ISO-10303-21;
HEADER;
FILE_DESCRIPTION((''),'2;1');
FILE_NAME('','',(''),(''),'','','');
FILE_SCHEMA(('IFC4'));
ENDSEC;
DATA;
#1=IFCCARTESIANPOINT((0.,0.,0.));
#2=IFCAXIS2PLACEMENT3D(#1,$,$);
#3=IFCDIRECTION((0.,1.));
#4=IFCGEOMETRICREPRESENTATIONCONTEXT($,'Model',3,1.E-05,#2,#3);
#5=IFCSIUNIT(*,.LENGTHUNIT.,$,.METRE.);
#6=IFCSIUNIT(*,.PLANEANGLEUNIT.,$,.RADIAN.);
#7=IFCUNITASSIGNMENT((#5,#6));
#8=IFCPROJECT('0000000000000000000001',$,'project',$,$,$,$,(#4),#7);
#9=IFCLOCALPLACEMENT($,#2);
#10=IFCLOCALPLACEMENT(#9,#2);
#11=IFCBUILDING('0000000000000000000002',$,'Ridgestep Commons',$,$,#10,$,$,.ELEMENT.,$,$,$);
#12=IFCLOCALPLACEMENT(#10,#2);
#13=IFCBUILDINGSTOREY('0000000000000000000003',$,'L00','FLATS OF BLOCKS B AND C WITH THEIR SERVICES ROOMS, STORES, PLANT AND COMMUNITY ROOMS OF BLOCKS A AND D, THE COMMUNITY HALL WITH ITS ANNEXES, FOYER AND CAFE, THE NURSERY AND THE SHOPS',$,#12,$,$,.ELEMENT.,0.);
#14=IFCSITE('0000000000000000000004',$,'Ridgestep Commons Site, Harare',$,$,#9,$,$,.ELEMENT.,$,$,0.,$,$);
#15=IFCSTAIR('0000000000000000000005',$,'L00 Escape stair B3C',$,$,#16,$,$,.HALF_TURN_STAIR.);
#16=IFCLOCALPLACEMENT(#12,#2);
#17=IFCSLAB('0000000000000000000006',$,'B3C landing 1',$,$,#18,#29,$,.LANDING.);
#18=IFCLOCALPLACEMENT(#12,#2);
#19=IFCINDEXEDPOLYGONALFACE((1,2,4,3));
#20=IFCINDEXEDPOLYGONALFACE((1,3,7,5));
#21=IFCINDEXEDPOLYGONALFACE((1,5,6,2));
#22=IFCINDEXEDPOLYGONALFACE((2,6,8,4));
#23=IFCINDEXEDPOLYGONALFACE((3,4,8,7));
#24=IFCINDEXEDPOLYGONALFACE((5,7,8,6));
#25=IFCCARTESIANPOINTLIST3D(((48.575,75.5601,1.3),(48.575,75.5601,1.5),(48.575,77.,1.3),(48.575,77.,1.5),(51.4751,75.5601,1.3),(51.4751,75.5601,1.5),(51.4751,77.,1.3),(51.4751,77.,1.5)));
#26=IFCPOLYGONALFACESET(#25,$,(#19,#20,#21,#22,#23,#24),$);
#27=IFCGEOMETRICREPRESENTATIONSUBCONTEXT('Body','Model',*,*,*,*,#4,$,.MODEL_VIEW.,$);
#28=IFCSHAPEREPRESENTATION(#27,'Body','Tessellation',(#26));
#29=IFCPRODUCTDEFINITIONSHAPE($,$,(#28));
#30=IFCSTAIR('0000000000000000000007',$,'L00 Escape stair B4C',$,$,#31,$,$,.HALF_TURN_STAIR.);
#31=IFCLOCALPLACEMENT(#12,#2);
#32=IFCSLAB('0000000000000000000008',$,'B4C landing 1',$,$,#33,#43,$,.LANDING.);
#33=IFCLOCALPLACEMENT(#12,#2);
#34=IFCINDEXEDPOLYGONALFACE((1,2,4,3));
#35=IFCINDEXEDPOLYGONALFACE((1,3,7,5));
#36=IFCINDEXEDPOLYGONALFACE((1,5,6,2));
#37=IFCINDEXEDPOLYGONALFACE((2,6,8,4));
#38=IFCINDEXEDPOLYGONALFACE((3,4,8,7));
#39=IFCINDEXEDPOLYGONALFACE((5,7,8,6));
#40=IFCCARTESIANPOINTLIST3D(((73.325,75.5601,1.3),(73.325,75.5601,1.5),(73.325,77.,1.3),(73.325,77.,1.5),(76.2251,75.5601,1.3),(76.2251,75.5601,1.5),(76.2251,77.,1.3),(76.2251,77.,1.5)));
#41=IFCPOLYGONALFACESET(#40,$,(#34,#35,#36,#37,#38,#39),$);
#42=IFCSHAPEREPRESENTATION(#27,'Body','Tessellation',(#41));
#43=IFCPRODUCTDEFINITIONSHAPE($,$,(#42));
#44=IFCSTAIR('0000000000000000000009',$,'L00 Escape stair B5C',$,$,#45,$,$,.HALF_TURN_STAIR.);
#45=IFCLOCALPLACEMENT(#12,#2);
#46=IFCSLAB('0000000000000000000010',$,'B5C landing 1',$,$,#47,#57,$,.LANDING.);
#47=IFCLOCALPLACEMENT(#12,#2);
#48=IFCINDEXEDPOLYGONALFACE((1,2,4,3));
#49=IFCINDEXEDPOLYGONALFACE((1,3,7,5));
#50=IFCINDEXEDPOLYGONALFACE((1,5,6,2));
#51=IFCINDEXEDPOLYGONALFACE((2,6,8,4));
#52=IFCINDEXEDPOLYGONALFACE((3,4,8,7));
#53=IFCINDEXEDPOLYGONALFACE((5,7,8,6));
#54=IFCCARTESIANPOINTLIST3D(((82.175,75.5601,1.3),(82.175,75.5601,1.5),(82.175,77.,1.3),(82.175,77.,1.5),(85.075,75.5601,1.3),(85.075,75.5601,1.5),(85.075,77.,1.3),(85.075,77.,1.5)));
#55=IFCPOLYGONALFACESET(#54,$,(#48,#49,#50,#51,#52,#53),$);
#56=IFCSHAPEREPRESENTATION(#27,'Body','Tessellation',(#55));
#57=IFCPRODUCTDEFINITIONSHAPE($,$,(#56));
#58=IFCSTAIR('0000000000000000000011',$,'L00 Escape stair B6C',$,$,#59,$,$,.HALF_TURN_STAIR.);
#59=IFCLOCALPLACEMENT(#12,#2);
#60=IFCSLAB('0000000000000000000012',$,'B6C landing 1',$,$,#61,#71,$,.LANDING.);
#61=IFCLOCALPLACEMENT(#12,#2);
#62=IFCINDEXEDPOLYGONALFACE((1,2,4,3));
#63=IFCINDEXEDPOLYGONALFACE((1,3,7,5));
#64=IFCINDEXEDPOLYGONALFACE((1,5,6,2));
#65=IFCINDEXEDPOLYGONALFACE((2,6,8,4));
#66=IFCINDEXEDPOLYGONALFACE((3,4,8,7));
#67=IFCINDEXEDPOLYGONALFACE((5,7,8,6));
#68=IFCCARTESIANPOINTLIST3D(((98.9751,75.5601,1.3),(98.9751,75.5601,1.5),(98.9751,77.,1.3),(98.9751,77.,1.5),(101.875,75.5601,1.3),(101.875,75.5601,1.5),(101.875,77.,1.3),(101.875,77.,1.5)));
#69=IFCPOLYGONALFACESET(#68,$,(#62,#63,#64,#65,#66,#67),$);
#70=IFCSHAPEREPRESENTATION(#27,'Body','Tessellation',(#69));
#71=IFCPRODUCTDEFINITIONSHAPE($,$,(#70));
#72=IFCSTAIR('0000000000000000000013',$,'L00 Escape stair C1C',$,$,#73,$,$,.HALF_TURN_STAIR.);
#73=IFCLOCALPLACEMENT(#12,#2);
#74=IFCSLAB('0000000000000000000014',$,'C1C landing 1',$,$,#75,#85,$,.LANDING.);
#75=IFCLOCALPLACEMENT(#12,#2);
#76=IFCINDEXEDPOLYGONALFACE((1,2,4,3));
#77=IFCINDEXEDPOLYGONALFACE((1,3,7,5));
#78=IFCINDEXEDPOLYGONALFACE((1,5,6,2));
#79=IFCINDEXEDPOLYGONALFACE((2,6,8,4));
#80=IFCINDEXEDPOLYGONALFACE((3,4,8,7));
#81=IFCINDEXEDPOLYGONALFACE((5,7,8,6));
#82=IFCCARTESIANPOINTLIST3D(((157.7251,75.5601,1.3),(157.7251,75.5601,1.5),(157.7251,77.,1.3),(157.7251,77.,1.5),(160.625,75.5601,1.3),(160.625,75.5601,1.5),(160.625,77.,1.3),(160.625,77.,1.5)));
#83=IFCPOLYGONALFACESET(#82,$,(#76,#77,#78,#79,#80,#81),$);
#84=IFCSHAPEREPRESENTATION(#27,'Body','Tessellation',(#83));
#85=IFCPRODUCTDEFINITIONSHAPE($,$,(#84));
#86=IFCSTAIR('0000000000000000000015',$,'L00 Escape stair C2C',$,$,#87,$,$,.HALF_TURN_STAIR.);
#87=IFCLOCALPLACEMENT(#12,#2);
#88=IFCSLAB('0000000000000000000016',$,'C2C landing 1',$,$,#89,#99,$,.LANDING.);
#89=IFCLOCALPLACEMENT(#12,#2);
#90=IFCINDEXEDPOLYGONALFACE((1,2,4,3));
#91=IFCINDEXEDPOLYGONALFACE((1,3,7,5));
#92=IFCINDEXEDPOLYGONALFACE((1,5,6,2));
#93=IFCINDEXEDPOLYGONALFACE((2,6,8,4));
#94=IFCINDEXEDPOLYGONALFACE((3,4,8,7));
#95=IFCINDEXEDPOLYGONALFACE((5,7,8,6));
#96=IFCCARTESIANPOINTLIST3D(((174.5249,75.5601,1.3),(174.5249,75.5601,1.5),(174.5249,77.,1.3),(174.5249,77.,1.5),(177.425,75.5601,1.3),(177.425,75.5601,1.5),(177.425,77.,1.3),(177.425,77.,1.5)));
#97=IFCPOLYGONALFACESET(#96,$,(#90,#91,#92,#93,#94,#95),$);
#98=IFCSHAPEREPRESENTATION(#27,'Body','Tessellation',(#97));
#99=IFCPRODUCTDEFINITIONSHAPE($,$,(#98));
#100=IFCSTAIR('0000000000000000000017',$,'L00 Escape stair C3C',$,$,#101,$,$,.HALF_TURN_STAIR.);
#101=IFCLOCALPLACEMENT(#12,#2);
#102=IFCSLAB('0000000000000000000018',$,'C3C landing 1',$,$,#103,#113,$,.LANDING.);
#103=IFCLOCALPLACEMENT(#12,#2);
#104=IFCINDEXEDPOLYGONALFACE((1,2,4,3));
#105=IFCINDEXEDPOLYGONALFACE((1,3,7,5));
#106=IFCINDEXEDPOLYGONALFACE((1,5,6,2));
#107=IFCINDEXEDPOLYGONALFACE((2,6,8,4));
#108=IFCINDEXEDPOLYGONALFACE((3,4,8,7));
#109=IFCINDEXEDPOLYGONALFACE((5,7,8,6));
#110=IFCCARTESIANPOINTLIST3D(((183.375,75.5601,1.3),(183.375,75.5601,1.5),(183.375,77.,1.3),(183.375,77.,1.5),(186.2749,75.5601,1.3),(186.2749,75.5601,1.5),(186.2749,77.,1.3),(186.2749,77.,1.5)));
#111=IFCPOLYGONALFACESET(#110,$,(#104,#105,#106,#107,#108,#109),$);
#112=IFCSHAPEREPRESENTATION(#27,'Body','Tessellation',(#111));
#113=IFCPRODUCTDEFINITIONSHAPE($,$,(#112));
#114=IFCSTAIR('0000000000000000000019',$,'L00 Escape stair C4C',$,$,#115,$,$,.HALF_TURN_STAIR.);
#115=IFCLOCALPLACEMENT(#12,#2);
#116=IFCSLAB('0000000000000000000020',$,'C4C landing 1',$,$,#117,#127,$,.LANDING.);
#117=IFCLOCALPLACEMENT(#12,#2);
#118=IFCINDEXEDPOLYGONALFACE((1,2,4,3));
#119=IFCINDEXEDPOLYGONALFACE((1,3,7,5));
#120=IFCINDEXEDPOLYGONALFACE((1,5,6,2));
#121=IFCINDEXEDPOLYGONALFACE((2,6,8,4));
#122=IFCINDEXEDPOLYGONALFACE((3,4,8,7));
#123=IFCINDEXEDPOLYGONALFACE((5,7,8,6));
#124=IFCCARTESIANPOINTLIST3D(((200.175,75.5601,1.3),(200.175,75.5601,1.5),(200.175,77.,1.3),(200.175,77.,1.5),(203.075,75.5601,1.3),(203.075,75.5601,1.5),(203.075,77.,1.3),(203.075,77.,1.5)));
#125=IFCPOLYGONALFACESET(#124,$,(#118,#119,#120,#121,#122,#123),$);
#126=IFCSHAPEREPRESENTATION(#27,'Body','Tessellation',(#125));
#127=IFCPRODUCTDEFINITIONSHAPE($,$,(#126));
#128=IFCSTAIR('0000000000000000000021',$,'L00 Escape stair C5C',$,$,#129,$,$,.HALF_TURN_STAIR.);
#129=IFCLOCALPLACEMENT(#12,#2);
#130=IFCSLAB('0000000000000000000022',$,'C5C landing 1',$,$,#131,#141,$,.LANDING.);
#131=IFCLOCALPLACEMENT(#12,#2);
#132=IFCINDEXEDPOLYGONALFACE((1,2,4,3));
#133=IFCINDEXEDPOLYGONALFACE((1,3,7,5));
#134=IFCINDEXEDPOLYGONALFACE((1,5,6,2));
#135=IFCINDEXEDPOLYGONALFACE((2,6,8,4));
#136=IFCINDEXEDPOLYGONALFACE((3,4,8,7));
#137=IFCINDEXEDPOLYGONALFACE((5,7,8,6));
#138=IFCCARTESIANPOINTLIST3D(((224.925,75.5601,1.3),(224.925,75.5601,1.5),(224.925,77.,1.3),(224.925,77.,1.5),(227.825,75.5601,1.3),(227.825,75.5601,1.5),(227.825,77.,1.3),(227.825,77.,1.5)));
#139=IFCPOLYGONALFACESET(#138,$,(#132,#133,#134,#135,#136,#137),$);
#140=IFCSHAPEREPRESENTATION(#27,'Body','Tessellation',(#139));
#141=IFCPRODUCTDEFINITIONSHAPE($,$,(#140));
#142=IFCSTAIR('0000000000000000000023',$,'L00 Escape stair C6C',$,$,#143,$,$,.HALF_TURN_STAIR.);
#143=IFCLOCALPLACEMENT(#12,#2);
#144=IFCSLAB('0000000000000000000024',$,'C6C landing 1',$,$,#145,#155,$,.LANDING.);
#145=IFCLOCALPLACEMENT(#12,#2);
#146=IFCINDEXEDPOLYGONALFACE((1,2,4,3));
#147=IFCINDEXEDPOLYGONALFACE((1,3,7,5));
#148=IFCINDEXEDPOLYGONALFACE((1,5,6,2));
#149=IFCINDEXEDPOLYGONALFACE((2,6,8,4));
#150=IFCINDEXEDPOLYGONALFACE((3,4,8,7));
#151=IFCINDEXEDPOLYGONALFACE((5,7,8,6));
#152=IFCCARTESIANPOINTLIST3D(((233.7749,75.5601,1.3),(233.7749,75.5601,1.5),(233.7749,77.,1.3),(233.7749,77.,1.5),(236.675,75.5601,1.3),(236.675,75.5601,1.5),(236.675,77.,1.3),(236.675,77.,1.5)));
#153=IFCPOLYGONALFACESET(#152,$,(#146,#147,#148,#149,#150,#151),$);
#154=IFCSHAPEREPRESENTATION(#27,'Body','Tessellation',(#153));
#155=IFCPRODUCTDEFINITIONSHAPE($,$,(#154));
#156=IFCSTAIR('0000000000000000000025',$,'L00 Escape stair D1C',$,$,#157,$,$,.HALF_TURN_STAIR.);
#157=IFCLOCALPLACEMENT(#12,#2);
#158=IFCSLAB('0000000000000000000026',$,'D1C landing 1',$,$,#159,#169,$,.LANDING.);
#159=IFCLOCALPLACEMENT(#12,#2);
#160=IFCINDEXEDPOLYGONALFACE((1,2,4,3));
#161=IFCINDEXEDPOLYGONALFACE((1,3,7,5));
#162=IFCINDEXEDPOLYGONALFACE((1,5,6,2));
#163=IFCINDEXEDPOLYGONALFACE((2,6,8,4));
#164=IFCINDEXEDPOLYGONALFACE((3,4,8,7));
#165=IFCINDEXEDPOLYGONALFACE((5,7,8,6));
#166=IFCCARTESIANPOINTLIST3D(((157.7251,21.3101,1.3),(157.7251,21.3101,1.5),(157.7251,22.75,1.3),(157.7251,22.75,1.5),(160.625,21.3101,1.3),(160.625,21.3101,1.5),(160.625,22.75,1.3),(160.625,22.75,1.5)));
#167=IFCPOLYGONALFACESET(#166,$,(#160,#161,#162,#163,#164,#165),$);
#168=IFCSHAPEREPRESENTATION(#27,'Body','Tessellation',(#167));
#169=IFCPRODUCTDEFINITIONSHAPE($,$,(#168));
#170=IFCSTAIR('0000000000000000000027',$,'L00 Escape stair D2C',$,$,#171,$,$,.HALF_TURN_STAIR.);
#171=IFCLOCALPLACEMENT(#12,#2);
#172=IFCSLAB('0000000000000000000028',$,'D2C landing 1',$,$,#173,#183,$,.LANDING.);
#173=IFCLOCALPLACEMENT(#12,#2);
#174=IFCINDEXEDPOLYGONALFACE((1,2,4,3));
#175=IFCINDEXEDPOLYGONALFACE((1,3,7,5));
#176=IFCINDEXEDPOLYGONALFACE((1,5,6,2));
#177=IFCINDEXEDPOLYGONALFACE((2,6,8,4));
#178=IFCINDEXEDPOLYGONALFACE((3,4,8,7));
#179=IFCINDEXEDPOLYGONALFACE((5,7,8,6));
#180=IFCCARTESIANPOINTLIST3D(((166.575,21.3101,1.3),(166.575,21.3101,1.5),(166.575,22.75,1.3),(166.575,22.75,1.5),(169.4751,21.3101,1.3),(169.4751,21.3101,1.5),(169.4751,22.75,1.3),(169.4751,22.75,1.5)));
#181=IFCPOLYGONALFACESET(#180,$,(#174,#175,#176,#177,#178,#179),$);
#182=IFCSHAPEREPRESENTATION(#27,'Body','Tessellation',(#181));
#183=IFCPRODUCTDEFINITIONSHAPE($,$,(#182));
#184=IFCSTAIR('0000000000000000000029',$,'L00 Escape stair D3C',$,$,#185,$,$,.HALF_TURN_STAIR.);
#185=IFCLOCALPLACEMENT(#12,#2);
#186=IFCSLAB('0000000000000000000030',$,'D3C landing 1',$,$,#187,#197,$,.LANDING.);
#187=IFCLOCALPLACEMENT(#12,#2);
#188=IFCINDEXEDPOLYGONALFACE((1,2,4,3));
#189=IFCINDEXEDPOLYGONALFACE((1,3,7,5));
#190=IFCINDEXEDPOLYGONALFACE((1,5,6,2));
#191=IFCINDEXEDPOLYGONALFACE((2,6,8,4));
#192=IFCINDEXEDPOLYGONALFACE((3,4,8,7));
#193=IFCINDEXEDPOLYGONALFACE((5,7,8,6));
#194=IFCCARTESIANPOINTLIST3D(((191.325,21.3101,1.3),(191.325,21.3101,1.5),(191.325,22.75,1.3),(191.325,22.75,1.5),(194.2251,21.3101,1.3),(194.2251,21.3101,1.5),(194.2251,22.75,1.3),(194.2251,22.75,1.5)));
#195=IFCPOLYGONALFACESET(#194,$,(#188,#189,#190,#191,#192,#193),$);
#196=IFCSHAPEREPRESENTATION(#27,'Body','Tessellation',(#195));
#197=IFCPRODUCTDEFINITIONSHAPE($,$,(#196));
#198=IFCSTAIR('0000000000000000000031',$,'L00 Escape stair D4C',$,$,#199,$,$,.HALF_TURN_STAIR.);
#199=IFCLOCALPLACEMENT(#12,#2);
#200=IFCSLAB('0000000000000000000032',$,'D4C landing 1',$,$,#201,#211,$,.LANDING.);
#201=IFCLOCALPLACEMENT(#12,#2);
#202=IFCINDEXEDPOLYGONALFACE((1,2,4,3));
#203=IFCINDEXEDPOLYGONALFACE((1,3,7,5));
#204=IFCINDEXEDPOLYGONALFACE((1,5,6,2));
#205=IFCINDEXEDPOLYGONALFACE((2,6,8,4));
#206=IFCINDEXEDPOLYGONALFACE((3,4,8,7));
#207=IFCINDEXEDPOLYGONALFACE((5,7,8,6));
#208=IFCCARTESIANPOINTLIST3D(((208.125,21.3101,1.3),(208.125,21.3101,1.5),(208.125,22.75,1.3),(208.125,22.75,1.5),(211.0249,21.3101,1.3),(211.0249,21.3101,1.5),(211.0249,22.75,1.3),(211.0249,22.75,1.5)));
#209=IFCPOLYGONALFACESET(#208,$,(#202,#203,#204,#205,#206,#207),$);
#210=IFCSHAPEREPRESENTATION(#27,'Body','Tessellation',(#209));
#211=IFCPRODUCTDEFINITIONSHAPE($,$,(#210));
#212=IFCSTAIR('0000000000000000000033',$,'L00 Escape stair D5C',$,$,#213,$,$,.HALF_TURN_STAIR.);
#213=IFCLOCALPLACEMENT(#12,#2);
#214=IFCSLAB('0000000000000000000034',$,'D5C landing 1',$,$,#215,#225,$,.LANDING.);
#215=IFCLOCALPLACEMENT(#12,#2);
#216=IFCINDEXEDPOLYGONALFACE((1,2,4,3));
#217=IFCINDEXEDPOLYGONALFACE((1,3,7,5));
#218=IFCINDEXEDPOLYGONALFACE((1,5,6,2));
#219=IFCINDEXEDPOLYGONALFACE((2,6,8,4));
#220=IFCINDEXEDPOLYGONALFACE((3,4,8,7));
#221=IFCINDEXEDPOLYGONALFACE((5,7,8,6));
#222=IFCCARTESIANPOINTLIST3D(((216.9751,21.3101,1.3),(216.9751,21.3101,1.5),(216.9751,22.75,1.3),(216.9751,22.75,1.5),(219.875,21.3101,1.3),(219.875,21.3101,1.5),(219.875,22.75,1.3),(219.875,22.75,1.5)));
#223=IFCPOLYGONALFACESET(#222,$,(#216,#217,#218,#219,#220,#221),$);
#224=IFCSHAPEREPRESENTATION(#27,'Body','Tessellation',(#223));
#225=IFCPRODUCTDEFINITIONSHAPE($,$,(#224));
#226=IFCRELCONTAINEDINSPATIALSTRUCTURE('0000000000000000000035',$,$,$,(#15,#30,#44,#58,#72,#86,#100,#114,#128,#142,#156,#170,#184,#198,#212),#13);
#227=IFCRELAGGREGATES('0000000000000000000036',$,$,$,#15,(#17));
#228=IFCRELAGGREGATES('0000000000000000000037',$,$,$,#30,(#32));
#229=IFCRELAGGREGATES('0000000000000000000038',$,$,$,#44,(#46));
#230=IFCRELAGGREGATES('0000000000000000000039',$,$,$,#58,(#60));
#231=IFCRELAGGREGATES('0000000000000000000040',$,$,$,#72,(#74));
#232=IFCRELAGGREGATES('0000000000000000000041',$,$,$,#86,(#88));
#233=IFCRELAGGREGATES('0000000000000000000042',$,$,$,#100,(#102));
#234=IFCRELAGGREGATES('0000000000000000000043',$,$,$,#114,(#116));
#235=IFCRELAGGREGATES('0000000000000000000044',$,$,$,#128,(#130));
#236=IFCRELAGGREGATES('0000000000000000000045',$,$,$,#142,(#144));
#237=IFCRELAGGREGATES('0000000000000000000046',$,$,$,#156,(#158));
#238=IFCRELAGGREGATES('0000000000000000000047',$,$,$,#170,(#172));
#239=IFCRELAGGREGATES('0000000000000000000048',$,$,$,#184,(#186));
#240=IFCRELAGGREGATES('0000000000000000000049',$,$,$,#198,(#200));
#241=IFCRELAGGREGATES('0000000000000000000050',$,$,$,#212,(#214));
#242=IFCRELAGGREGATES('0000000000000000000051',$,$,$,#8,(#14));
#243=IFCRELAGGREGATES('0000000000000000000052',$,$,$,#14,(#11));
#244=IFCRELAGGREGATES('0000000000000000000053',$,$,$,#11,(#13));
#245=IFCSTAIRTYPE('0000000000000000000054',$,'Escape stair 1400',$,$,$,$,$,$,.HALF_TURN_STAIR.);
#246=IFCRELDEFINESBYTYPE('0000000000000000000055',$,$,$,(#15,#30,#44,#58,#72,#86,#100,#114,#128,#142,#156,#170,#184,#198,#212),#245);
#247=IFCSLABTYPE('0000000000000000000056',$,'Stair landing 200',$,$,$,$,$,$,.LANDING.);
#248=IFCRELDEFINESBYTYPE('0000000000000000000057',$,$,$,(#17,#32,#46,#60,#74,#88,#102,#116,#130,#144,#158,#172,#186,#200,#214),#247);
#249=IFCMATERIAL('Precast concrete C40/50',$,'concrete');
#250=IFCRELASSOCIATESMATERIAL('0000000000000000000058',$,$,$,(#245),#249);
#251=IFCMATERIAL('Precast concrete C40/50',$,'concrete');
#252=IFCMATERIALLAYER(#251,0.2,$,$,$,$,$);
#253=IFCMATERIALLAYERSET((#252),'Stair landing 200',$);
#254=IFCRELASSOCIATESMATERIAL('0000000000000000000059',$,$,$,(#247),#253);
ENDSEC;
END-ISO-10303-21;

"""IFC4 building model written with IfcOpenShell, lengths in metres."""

from ifc_helpers import new_model, si_unit, direction, frame, origin, place, context, subcontext, project, spatial, polyline, outline, extrude, material, layer, layer_set, type_object, element, aggregate, save


model = new_model("IFC4")

# Units and contexts
model_context = context("Model", 3, precision=1e-05, world=origin(), true_north=direction((0.0, 1.0)))
body_context = subcontext(model_context, "Body", "Model", "MODEL_VIEW")
ifc_project = project(units=[si_unit("LENGTHUNIT", "METRE"), si_unit("PLANEANGLEUNIT", "RADIAN")], contexts=[model_context])

# Site, building, storey
site_placement = place(None, origin())
site = spatial("IfcSite", under=ifc_project, at=site_placement, Name="Ridgestep Commons Site, Harare", CompositionType="ELEMENT", RefElevation=0.0)
building_placement = place(site_placement, origin())
building = spatial("IfcBuilding", under=site, at=building_placement, Name="Ridgestep Commons", CompositionType="ELEMENT")
storey_placement = place(building_placement, origin())
storey = spatial("IfcBuildingStorey", under=building, at=storey_placement, Name="L00", Description="FLATS OF BLOCKS B AND C WITH THEIR SERVICES ROOMS, STORES, PLANT AND COMMUNITY ROOMS OF BLOCKS A AND D, THE COMMUNITY HALL WITH ITS ANNEXES, FOYER AND CAFE, THE NURSERY AND THE SHOPS", CompositionType="ELEMENT", Elevation=0.0)

# Stairs, slabs
ifc_material_1 = material(Name="Precast concrete C40/50", Category="concrete")
stair_type_1 = type_object("IfcStairType", Name="Escape stair 1400", PredefinedType="HALF_TURN_STAIR", material=ifc_material_1)
ifc_material_2 = material(Name="Precast concrete C40/50", Category="concrete")
ifc_layer_1 = layer(ifc_material_2, 0.2)
ifc_layer_set_1 = layer_set([ifc_layer_1], Name="Stair landing 200")
slab_type_1 = type_object("IfcSlabType", Name="Stair landing 200", PredefinedType="LANDING", material=ifc_layer_set_1)
stair_1_placement = place(storey_placement, origin())
stair_1 = element("IfcStair", 1, at=stair_1_placement, inside=storey, type_object=stair_type_1, Name="L00 Escape stair B3C", PredefinedType="HALF_TURN_STAIR")
slab_1_placement = place(storey_placement, frame((0.0, 0.0, 1.3)))
slab_1 = element("IfcSlab", 2, at=slab_1_placement, type_object=slab_type_1, Name="B3C landing 1", PredefinedType="LANDING", context=body_context, shape_type="SweptSolid", body=[
    extrude(outline(polyline([(51.4751, 75.5601), (51.4751, 77.0), (48.575, 77.0), (48.575, 75.5601), (51.4751, 75.5601)])), origin(), (0.0, 0.0, 1.0), 0.2),
])
aggregate(stair_1, [slab_1])
stair_2_placement = place(storey_placement, origin())
stair_2 = element("IfcStair", 3, at=stair_2_placement, inside=storey, type_object=stair_type_1, Name="L00 Escape stair B4C", PredefinedType="HALF_TURN_STAIR")
slab_2_placement = place(storey_placement, frame((0.0, 0.0, 1.3)))
slab_2 = element("IfcSlab", 4, at=slab_2_placement, type_object=slab_type_1, Name="B4C landing 1", PredefinedType="LANDING", context=body_context, shape_type="SweptSolid", body=[
    extrude(outline(polyline([(76.2251, 75.5601), (76.2251, 77.0), (73.325, 77.0), (73.325, 75.5601), (76.2251, 75.5601)])), origin(), (0.0, 0.0, 1.0), 0.2),
])
aggregate(stair_2, [slab_2])
stair_3_placement = place(storey_placement, origin())
stair_3 = element("IfcStair", 5, at=stair_3_placement, inside=storey, type_object=stair_type_1, Name="L00 Escape stair B5C", PredefinedType="HALF_TURN_STAIR")
slab_3_placement = place(storey_placement, frame((0.0, 0.0, 1.3)))
slab_3 = element("IfcSlab", 6, at=slab_3_placement, type_object=slab_type_1, Name="B5C landing 1", PredefinedType="LANDING", context=body_context, shape_type="SweptSolid", body=[
    extrude(outline(polyline([(85.075, 75.5601), (85.075, 77.0), (82.175, 77.0), (82.175, 75.5601), (85.075, 75.5601)])), origin(), (0.0, 0.0, 1.0), 0.2),
])
aggregate(stair_3, [slab_3])
stair_4_placement = place(storey_placement, origin())
stair_4 = element("IfcStair", 7, at=stair_4_placement, inside=storey, type_object=stair_type_1, Name="L00 Escape stair B6C", PredefinedType="HALF_TURN_STAIR")
slab_4_placement = place(storey_placement, frame((0.0, 0.0, 1.3)))
slab_4 = element("IfcSlab", 8, at=slab_4_placement, type_object=slab_type_1, Name="B6C landing 1", PredefinedType="LANDING", context=body_context, shape_type="SweptSolid", body=[
    extrude(outline(polyline([(101.875, 75.5601), (101.875, 77.0), (98.9751, 77.0), (98.9751, 75.5601), (101.875, 75.5601)])), origin(), (0.0, 0.0, 1.0), 0.2),
])
aggregate(stair_4, [slab_4])
stair_5_placement = place(storey_placement, origin())
stair_5 = element("IfcStair", 9, at=stair_5_placement, inside=storey, type_object=stair_type_1, Name="L00 Escape stair C1C", PredefinedType="HALF_TURN_STAIR")
slab_5_placement = place(storey_placement, frame((0.0, 0.0, 1.3)))
slab_5 = element("IfcSlab", 10, at=slab_5_placement, type_object=slab_type_1, Name="C1C landing 1", PredefinedType="LANDING", context=body_context, shape_type="SweptSolid", body=[
    extrude(outline(polyline([(160.625, 75.5601), (160.625, 77.0), (157.7251, 77.0), (157.7251, 75.5601), (160.625, 75.5601)])), origin(), (0.0, 0.0, 1.0), 0.2),
])
aggregate(stair_5, [slab_5])
stair_6_placement = place(storey_placement, origin())
stair_6 = element("IfcStair", 11, at=stair_6_placement, inside=storey, type_object=stair_type_1, Name="L00 Escape stair C2C", PredefinedType="HALF_TURN_STAIR")
slab_6_placement = place(storey_placement, frame((0.0, 0.0, 1.3)))
slab_6 = element("IfcSlab", 12, at=slab_6_placement, type_object=slab_type_1, Name="C2C landing 1", PredefinedType="LANDING", context=body_context, shape_type="SweptSolid", body=[
    extrude(outline(polyline([(177.425, 75.5601), (177.425, 77.0), (174.5249, 77.0), (174.5249, 75.5601), (177.425, 75.5601)])), origin(), (0.0, 0.0, 1.0), 0.2),
])
aggregate(stair_6, [slab_6])
stair_7_placement = place(storey_placement, origin())
stair_7 = element("IfcStair", 13, at=stair_7_placement, inside=storey, type_object=stair_type_1, Name="L00 Escape stair C3C", PredefinedType="HALF_TURN_STAIR")
slab_7_placement = place(storey_placement, frame((0.0, 0.0, 1.3)))
slab_7 = element("IfcSlab", 14, at=slab_7_placement, type_object=slab_type_1, Name="C3C landing 1", PredefinedType="LANDING", context=body_context, shape_type="SweptSolid", body=[
    extrude(outline(polyline([(186.2749, 75.5601), (186.2749, 77.0), (183.375, 77.0), (183.375, 75.5601), (186.2749, 75.5601)])), origin(), (0.0, 0.0, 1.0), 0.2),
])
aggregate(stair_7, [slab_7])
stair_8_placement = place(storey_placement, origin())
stair_8 = element("IfcStair", 15, at=stair_8_placement, inside=storey, type_object=stair_type_1, Name="L00 Escape stair C4C", PredefinedType="HALF_TURN_STAIR")
slab_8_placement = place(storey_placement, frame((0.0, 0.0, 1.3)))
slab_8 = element("IfcSlab", 16, at=slab_8_placement, type_object=slab_type_1, Name="C4C landing 1", PredefinedType="LANDING", context=body_context, shape_type="SweptSolid", body=[
    extrude(outline(polyline([(203.075, 75.5601), (203.075, 77.0), (200.175, 77.0), (200.175, 75.5601), (203.075, 75.5601)])), origin(), (0.0, 0.0, 1.0), 0.2),
])
aggregate(stair_8, [slab_8])
stair_9_placement = place(storey_placement, origin())
stair_9 = element("IfcStair", 17, at=stair_9_placement, inside=storey, type_object=stair_type_1, Name="L00 Escape stair C5C", PredefinedType="HALF_TURN_STAIR")
slab_9_placement = place(storey_placement, frame((0.0, 0.0, 1.3)))
slab_9 = element("IfcSlab", 18, at=slab_9_placement, type_object=slab_type_1, Name="C5C landing 1", PredefinedType="LANDING", context=body_context, shape_type="SweptSolid", body=[
    extrude(outline(polyline([(227.825, 75.5601), (227.825, 77.0), (224.925, 77.0), (224.925, 75.5601), (227.825, 75.5601)])), origin(), (0.0, 0.0, 1.0), 0.2),
])
aggregate(stair_9, [slab_9])
stair_10_placement = place(storey_placement, origin())
stair_10 = element("IfcStair", 19, at=stair_10_placement, inside=storey, type_object=stair_type_1, Name="L00 Escape stair C6C", PredefinedType="HALF_TURN_STAIR")
slab_10_placement = place(storey_placement, frame((0.0, 0.0, 1.3)))
slab_10 = element("IfcSlab", 20, at=slab_10_placement, type_object=slab_type_1, Name="C6C landing 1", PredefinedType="LANDING", context=body_context, shape_type="SweptSolid", body=[
    extrude(outline(polyline([(236.675, 75.5601), (236.675, 77.0), (233.7749, 77.0), (233.7749, 75.5601), (236.675, 75.5601)])), origin(), (0.0, 0.0, 1.0), 0.2),
])
aggregate(stair_10, [slab_10])
stair_11_placement = place(storey_placement, origin())
stair_11 = element("IfcStair", 21, at=stair_11_placement, inside=storey, type_object=stair_type_1, Name="L00 Escape stair D1C", PredefinedType="HALF_TURN_STAIR")
slab_11_placement = place(storey_placement, frame((0.0, 0.0, 1.3)))
slab_11 = element("IfcSlab", 22, at=slab_11_placement, type_object=slab_type_1, Name="D1C landing 1", PredefinedType="LANDING", context=body_context, shape_type="SweptSolid", body=[
    extrude(outline(polyline([(160.625, 21.3101), (160.625, 22.75), (157.7251, 22.75), (157.7251, 21.3101), (160.625, 21.3101)])), origin(), (0.0, 0.0, 1.0), 0.2),
])
aggregate(stair_11, [slab_11])
stair_12_placement = place(storey_placement, origin())
stair_12 = element("IfcStair", 23, at=stair_12_placement, inside=storey, type_object=stair_type_1, Name="L00 Escape stair D2C", PredefinedType="HALF_TURN_STAIR")
slab_12_placement = place(storey_placement, frame((0.0, 0.0, 1.3)))
slab_12 = element("IfcSlab", 24, at=slab_12_placement, type_object=slab_type_1, Name="D2C landing 1", PredefinedType="LANDING", context=body_context, shape_type="SweptSolid", body=[
    extrude(outline(polyline([(169.4751, 21.3101), (169.4751, 22.75), (166.575, 22.75), (166.575, 21.3101), (169.4751, 21.3101)])), origin(), (0.0, 0.0, 1.0), 0.2),
])
aggregate(stair_12, [slab_12])
stair_13_placement = place(storey_placement, origin())
stair_13 = element("IfcStair", 25, at=stair_13_placement, inside=storey, type_object=stair_type_1, Name="L00 Escape stair D3C", PredefinedType="HALF_TURN_STAIR")
slab_13_placement = place(storey_placement, frame((0.0, 0.0, 1.3)))
slab_13 = element("IfcSlab", 26, at=slab_13_placement, type_object=slab_type_1, Name="D3C landing 1", PredefinedType="LANDING", context=body_context, shape_type="SweptSolid", body=[
    extrude(outline(polyline([(194.2251, 21.3101), (194.2251, 22.75), (191.325, 22.75), (191.325, 21.3101), (194.2251, 21.3101)])), origin(), (0.0, 0.0, 1.0), 0.2),
])
aggregate(stair_13, [slab_13])
stair_14_placement = place(storey_placement, origin())
stair_14 = element("IfcStair", 27, at=stair_14_placement, inside=storey, type_object=stair_type_1, Name="L00 Escape stair D4C", PredefinedType="HALF_TURN_STAIR")
slab_14_placement = place(storey_placement, frame((0.0, 0.0, 1.3)))
slab_14 = element("IfcSlab", 28, at=slab_14_placement, type_object=slab_type_1, Name="D4C landing 1", PredefinedType="LANDING", context=body_context, shape_type="SweptSolid", body=[
    extrude(outline(polyline([(211.0249, 21.3101), (211.0249, 22.75), (208.125, 22.75), (208.125, 21.3101), (211.0249, 21.3101)])), origin(), (0.0, 0.0, 1.0), 0.2),
])
aggregate(stair_14, [slab_14])
stair_15_placement = place(storey_placement, origin())
stair_15 = element("IfcStair", 29, at=stair_15_placement, inside=storey, type_object=stair_type_1, Name="L00 Escape stair D5C", PredefinedType="HALF_TURN_STAIR")
slab_15_placement = place(storey_placement, frame((0.0, 0.0, 1.3)))
slab_15 = element("IfcSlab", 30, at=slab_15_placement, type_object=slab_type_1, Name="D5C landing 1", PredefinedType="LANDING", context=body_context, shape_type="SweptSolid", body=[
    extrude(outline(polyline([(219.875, 21.3101), (219.875, 22.75), (216.9751, 22.75), (216.9751, 21.3101), (219.875, 21.3101)])), origin(), (0.0, 0.0, 1.0), 0.2),
])
aggregate(stair_15, [slab_15])

save(model, "model.ifc")
